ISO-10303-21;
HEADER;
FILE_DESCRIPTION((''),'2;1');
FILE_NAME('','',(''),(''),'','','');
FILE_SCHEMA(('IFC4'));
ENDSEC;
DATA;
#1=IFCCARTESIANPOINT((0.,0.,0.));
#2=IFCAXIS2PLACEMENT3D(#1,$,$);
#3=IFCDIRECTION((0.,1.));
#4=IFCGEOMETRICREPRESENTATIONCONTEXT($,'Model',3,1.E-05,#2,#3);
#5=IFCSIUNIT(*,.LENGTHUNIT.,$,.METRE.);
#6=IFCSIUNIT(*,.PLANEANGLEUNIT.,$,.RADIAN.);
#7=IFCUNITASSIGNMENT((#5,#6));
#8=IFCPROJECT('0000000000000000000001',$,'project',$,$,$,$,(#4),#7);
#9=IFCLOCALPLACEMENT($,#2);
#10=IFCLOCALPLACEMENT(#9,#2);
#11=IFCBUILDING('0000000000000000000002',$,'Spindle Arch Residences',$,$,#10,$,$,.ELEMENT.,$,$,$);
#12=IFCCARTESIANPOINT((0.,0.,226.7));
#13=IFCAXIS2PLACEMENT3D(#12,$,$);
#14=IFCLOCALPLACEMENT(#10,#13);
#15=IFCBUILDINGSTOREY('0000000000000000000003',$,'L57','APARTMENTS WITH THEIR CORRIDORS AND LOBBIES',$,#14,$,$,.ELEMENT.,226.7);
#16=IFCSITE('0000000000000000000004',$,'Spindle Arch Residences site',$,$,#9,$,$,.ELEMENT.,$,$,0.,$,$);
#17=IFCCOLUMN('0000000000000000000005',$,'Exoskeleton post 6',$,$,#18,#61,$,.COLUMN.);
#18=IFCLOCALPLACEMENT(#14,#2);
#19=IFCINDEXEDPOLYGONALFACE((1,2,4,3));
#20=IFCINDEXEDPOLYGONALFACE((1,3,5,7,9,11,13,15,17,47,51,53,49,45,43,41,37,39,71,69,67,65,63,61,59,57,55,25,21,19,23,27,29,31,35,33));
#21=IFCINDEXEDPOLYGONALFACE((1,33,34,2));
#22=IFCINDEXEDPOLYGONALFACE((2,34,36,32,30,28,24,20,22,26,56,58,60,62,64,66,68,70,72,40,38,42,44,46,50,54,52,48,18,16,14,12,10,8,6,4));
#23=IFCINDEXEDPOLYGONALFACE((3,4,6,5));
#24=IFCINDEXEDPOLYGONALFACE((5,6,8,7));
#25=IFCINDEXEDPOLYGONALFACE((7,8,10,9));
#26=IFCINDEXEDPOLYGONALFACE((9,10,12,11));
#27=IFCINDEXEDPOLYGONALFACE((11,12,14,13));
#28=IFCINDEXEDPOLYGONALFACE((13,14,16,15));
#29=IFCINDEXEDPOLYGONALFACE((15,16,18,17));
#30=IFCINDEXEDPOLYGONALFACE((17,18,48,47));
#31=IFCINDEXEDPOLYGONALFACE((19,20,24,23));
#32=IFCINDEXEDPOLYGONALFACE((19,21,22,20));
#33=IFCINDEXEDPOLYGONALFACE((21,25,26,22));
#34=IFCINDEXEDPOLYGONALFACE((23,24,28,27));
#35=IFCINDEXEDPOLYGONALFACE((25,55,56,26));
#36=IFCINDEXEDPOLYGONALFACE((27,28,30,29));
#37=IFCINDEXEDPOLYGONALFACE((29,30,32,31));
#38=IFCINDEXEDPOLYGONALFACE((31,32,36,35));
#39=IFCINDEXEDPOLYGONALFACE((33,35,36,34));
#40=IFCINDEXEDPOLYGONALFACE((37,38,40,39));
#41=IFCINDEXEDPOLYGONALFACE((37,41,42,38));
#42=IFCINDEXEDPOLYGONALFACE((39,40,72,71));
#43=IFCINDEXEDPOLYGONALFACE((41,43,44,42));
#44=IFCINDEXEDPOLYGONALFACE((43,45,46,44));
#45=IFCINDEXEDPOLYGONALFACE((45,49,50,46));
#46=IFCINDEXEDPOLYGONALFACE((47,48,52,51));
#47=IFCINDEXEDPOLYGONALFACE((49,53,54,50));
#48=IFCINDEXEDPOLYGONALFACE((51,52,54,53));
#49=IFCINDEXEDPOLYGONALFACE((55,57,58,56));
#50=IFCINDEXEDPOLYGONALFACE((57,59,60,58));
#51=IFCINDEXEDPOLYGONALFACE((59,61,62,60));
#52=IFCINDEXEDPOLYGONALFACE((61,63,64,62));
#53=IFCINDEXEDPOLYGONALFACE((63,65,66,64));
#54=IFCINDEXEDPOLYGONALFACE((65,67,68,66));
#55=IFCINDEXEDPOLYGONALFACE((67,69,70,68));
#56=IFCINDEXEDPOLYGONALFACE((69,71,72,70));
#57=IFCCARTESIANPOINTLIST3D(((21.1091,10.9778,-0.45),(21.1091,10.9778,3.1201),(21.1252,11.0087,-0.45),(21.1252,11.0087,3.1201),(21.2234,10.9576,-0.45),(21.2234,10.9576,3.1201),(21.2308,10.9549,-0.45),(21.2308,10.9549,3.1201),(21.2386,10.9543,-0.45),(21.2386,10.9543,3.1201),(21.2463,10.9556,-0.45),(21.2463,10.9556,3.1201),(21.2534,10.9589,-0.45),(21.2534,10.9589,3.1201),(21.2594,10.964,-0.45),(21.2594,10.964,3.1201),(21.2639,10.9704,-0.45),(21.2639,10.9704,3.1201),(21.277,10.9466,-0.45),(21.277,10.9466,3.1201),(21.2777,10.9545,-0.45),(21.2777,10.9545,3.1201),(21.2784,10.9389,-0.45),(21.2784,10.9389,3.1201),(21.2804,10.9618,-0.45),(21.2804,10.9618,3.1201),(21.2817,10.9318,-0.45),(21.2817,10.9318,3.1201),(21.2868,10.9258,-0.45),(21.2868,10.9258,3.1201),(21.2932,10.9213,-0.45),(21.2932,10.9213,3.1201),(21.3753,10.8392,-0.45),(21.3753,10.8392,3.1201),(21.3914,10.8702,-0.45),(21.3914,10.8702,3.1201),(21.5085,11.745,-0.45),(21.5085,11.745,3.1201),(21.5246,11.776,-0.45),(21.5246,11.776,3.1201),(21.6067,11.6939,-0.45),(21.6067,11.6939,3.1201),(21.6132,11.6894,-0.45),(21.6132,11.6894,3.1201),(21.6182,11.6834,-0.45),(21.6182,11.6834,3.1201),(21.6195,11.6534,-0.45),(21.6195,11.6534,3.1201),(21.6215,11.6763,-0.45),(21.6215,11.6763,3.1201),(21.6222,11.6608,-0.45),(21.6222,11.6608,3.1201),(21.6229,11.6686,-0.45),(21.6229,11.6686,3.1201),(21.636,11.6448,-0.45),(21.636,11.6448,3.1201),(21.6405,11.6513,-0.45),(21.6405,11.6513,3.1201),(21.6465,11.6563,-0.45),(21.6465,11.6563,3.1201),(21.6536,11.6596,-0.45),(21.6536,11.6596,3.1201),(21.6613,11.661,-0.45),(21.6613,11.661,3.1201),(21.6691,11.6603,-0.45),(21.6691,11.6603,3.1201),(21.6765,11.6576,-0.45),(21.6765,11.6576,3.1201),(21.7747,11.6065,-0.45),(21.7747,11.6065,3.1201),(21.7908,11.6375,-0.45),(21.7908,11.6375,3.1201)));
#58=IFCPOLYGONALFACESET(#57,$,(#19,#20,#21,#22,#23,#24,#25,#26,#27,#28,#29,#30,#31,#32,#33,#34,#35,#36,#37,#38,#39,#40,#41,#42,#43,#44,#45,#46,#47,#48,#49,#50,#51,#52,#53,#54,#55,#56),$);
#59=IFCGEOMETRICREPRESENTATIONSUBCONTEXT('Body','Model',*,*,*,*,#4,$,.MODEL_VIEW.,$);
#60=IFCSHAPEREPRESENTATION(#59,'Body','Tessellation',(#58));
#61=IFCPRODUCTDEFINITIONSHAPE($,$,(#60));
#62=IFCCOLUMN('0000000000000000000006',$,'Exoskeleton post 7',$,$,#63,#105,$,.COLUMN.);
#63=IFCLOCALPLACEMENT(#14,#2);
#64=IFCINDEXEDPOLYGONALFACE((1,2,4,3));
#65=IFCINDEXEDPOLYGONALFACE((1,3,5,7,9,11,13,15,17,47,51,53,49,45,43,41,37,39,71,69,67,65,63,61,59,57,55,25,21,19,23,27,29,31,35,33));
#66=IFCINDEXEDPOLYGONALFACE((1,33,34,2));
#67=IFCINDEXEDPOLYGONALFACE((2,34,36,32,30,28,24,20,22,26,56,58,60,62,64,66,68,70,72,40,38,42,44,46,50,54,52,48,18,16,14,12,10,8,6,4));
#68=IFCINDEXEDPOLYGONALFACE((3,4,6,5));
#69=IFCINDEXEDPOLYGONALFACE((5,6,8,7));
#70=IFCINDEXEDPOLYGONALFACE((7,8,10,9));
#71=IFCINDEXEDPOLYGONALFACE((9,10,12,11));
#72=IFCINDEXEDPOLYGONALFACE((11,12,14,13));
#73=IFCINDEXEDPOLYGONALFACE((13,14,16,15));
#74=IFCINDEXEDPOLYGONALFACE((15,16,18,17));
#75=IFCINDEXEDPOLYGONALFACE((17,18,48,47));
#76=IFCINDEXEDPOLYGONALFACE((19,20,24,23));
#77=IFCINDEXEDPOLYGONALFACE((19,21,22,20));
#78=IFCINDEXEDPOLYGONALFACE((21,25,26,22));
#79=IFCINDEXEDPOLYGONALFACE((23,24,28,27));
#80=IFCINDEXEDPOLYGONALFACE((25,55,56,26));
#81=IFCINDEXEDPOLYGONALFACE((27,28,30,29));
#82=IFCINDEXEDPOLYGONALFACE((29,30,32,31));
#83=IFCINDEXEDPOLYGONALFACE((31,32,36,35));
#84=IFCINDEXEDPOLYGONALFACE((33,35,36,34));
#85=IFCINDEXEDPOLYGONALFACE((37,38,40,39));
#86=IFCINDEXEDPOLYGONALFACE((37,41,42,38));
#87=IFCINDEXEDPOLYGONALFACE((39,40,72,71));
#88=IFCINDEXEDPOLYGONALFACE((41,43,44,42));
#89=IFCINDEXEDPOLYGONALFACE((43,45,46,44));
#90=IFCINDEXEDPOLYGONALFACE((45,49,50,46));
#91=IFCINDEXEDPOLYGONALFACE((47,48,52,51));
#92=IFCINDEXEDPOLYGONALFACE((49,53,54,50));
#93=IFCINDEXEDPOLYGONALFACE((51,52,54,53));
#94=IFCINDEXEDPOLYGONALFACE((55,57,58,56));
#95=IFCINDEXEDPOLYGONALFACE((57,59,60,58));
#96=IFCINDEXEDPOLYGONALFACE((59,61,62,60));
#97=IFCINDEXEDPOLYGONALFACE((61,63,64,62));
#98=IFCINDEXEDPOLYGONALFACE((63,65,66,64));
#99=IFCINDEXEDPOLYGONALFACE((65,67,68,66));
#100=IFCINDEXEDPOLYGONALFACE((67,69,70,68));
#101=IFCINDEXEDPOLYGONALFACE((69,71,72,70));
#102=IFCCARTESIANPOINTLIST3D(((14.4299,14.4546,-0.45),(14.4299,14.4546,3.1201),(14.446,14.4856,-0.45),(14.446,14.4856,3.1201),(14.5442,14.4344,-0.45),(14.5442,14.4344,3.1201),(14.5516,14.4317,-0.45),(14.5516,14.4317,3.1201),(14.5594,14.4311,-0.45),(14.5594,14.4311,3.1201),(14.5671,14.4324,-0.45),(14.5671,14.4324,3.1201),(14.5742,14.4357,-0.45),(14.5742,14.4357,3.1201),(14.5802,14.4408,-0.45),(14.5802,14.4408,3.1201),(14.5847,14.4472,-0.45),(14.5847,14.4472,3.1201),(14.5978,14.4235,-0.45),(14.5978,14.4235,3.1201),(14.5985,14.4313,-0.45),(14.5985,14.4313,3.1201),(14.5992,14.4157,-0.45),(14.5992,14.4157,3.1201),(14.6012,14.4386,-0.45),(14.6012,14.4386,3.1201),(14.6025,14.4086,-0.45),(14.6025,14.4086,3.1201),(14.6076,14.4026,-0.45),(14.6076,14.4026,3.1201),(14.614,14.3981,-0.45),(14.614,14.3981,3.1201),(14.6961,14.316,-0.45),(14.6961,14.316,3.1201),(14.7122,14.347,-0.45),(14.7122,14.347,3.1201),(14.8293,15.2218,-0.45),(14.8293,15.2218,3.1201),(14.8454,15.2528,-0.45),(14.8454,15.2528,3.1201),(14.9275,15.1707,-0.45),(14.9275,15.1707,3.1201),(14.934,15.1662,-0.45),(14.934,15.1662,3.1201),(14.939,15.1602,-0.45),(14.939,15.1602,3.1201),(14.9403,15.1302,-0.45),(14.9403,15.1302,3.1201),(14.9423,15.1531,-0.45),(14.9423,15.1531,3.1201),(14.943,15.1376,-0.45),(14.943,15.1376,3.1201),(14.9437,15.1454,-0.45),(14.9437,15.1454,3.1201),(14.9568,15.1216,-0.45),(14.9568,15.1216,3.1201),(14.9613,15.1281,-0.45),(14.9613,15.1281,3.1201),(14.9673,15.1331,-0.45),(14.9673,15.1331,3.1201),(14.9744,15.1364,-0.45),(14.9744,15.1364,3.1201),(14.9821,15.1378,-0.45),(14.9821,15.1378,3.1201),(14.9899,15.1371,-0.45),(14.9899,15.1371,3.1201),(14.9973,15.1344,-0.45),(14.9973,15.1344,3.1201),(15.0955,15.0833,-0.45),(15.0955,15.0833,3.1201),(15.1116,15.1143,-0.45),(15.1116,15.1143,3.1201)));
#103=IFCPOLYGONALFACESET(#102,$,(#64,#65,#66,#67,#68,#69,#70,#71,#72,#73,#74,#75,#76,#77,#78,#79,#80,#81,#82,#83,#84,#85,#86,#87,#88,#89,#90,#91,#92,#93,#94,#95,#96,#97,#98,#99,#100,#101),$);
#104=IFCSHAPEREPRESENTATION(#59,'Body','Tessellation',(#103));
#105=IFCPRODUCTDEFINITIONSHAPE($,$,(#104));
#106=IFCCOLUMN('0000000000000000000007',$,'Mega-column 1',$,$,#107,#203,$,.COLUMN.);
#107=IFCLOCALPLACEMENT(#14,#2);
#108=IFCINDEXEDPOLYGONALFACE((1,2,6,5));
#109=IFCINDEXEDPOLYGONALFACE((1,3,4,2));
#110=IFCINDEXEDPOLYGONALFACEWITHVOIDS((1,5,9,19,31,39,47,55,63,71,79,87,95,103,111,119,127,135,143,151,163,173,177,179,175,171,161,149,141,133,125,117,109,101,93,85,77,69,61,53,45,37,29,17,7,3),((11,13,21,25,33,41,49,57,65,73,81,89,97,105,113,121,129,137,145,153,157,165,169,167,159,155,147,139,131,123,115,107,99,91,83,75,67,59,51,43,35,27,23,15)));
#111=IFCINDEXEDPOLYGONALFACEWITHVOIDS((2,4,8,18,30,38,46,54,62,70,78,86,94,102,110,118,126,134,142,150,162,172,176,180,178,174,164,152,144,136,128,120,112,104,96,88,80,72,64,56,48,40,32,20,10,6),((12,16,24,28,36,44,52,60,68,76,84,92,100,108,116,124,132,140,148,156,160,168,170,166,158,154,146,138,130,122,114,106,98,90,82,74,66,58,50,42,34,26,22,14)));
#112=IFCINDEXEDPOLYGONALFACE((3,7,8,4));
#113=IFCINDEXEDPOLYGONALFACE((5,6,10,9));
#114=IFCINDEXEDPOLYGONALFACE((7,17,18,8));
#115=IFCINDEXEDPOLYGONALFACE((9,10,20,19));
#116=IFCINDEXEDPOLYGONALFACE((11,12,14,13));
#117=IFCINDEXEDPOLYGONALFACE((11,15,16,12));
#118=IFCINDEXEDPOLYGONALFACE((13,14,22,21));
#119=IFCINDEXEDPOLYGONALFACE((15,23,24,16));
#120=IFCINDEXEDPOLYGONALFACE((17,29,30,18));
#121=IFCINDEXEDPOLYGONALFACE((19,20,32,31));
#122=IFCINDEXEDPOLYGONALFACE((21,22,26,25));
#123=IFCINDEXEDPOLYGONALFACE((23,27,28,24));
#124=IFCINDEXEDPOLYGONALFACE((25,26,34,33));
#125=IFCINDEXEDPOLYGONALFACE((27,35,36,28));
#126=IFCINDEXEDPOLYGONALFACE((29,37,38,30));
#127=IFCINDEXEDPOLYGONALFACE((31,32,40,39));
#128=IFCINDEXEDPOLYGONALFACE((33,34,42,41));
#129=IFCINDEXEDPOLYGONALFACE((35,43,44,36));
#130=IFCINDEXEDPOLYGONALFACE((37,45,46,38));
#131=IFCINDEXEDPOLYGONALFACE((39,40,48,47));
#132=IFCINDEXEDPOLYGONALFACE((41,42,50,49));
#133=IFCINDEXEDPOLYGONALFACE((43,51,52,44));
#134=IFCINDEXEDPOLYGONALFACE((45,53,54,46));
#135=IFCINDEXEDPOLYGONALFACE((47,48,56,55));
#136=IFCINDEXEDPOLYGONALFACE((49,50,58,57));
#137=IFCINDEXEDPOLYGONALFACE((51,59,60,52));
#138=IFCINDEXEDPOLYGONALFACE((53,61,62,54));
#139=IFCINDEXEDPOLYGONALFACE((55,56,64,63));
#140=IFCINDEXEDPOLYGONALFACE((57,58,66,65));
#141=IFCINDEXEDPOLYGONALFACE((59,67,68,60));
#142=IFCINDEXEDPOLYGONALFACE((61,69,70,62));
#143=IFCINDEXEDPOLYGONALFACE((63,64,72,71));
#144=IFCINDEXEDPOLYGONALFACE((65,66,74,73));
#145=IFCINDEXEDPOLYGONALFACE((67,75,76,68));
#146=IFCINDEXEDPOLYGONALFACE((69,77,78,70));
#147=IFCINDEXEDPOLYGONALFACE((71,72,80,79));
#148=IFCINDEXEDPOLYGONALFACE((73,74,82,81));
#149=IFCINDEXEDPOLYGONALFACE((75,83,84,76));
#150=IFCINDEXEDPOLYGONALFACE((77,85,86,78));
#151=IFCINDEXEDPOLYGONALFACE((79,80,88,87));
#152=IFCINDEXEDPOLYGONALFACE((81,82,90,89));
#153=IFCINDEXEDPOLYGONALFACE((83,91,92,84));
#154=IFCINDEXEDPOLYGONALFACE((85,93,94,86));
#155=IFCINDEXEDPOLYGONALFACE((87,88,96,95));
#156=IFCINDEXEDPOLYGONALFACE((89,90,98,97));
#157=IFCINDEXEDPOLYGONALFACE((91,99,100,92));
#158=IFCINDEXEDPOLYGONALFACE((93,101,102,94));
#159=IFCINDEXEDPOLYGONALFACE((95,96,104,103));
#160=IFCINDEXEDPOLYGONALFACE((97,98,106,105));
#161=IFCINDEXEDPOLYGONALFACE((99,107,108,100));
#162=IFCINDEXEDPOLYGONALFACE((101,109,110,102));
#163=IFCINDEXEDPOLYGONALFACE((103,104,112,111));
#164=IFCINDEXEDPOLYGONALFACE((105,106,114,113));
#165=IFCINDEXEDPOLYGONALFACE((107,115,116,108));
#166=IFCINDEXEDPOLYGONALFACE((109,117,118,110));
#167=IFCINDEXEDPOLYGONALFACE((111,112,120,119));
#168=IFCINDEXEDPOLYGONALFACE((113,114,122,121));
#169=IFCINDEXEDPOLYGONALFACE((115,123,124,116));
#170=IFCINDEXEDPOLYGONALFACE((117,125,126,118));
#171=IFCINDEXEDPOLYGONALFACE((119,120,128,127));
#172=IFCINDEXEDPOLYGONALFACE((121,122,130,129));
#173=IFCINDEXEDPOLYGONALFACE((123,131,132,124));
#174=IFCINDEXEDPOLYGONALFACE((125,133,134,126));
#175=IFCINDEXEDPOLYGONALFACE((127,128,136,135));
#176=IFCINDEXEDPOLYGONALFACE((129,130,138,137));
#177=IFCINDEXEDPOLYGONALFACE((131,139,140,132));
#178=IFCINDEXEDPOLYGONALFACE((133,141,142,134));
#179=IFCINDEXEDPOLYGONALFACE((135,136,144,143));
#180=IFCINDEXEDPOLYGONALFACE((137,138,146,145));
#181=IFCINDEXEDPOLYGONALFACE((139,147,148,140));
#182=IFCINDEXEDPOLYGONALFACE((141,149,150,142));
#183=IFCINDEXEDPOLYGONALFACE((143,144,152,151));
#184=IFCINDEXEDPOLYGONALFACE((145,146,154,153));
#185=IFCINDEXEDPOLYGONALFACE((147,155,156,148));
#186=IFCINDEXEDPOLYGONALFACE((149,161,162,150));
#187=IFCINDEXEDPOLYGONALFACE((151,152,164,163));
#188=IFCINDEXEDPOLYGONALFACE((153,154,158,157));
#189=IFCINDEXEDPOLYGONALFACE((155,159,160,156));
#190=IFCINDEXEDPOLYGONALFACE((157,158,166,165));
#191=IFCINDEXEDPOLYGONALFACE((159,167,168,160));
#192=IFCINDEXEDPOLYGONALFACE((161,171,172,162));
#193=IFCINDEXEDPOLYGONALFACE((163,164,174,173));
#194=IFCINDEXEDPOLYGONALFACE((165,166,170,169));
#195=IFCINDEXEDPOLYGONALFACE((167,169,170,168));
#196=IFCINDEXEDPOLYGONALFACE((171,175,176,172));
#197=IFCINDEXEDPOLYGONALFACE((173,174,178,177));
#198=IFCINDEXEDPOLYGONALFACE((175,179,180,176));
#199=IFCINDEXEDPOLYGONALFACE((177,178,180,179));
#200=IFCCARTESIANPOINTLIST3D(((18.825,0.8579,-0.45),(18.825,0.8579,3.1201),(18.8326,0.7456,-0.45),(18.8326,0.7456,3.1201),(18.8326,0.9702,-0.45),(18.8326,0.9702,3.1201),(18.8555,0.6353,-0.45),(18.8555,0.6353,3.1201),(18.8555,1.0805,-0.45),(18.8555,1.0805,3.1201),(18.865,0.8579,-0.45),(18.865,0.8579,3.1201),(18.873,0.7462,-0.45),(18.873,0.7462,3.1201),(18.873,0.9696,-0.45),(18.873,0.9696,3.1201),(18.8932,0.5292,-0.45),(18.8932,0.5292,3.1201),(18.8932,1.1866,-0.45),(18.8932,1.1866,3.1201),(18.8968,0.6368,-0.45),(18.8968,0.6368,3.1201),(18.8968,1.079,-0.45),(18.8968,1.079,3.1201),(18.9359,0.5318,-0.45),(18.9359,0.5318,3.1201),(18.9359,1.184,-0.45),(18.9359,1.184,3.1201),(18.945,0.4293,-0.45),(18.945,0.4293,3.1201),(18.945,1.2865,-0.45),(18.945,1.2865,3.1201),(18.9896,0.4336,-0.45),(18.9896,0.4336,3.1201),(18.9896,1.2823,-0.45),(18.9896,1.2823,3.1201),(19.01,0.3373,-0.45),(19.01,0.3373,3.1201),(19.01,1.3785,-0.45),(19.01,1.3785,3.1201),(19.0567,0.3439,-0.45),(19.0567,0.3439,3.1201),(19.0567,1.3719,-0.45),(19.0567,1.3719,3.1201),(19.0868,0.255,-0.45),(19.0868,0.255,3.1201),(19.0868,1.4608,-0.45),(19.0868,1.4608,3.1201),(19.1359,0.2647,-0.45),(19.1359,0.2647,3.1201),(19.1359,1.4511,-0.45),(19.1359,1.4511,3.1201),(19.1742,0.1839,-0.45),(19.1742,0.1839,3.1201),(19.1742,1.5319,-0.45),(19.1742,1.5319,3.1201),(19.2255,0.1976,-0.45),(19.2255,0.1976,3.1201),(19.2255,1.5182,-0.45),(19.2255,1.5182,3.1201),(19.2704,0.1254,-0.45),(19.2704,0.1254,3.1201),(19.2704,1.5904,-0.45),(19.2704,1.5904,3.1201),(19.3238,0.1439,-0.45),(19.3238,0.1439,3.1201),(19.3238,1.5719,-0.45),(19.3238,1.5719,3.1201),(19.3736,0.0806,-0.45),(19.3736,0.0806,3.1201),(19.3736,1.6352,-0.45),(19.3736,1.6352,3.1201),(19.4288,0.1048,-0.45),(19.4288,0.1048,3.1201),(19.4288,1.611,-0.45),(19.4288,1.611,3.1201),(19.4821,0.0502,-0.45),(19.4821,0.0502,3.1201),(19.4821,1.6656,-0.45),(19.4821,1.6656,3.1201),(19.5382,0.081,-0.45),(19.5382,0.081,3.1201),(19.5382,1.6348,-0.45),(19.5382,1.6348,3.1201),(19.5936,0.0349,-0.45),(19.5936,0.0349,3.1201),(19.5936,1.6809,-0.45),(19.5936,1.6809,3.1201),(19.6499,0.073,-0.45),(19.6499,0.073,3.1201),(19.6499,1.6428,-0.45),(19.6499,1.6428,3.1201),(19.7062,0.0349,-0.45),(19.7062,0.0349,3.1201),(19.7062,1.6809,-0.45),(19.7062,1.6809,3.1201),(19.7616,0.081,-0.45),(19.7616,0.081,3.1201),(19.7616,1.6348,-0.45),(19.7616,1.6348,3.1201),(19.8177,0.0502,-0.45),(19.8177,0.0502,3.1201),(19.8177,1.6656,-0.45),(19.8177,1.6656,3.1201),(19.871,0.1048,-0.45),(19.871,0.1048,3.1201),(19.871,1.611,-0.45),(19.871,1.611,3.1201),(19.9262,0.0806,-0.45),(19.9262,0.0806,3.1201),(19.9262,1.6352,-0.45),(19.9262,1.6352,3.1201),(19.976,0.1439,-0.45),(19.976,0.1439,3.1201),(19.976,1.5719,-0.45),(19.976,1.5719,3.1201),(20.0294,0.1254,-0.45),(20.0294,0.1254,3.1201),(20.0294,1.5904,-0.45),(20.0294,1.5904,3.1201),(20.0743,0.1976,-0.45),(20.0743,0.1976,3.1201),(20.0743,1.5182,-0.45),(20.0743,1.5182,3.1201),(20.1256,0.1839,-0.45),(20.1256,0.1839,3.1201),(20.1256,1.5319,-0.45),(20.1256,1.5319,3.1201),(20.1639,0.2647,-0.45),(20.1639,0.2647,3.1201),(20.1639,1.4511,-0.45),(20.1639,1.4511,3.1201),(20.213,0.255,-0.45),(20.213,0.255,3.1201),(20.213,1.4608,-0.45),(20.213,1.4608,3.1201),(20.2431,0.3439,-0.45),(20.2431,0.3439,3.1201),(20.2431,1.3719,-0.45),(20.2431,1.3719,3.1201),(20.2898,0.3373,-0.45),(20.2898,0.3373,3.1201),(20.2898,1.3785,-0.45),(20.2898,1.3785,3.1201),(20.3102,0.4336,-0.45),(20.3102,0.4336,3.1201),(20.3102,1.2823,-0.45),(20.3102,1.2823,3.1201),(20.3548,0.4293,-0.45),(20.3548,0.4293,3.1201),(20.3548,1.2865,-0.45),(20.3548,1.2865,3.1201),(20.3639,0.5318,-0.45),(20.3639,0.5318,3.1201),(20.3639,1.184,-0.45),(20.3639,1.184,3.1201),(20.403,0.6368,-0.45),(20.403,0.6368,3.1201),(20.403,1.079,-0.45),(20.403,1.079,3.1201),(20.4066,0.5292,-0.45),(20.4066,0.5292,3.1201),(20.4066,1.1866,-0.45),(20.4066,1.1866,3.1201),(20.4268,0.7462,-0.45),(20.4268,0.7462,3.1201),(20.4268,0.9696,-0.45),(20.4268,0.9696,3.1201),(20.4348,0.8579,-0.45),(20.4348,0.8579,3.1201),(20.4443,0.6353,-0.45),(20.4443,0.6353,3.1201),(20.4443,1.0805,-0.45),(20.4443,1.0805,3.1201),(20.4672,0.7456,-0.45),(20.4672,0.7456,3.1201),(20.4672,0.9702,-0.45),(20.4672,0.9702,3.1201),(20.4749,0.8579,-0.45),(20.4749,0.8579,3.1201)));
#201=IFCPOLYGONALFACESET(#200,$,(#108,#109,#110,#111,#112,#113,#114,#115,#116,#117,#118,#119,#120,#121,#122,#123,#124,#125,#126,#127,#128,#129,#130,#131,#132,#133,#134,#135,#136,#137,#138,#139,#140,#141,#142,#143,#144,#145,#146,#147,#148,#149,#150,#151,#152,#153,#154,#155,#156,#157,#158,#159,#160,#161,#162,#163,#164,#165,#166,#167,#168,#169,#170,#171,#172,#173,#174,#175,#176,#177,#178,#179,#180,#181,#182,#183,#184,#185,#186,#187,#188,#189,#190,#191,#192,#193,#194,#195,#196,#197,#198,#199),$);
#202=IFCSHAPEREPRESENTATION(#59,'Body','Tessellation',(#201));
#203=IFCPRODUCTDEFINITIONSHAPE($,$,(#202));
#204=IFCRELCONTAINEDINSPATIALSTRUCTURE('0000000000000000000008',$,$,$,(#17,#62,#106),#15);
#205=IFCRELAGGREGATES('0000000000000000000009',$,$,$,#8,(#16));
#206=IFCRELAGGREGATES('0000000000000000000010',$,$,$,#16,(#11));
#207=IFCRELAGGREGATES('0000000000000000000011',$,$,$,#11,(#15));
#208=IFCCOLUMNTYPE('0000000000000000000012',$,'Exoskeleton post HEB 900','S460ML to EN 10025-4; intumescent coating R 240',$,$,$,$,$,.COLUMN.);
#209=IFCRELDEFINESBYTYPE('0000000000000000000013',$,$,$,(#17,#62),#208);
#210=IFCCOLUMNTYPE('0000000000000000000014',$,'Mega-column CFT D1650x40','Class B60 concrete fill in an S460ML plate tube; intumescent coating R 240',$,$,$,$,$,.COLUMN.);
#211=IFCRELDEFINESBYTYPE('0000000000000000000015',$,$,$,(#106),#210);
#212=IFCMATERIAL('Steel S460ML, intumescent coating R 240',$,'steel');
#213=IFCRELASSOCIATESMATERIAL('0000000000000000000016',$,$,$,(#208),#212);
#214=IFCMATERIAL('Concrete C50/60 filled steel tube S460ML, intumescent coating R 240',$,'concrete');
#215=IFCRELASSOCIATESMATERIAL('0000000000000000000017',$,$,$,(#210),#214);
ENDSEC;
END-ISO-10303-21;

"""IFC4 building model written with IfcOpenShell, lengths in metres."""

from ifc_helpers import new_model, si_unit, direction, frame, origin, origin_2d, place, context, subcontext, project, spatial, hollow_circle, i_section, extrude, material, material_profile, profile_set, type_object, element, save


model = new_model("IFC4")

# Units and contexts
model_context = context("Model", 3, precision=1e-05, world=origin(), true_north=direction((0.0, 1.0)))
body_context = subcontext(model_context, "Body", "Model", "MODEL_VIEW")
ifc_project = project(units=[si_unit("LENGTHUNIT", "METRE"), si_unit("PLANEANGLEUNIT", "RADIAN")], contexts=[model_context])

# Site, building, storey
site_placement = place(None, origin())
site = spatial("IfcSite", under=ifc_project, at=site_placement, Name="Spindle Arch Residences site", CompositionType="ELEMENT", RefElevation=0.0)
building_placement = place(site_placement, origin())
building = spatial("IfcBuilding", under=site, at=building_placement, Name="Spindle Arch Residences", CompositionType="ELEMENT")
storey_placement = place(building_placement, frame((0.0, 0.0, 226.7)))
storey = spatial("IfcBuildingStorey", under=building, at=storey_placement, Name="L57", Description="APARTMENTS WITH THEIR CORRIDORS AND LOBBIES", CompositionType="ELEMENT", Elevation=226.7)

# Columns
ifc_material_1 = material(Name="Steel S460ML, intumescent coating R 240", Category="steel")
ifc_material_profile_1 = material_profile(ifc_material_1, i_section(OverallWidth=0.3, OverallDepth=0.8999, WebThickness=0.0186, FlangeThickness=0.0349, FilletRadius=0.03, at=origin_2d()), Name="HEB 900")
ifc_profile_set_1 = profile_set([ifc_material_profile_1], Name="Steel S460ML, intumescent coating R 240")
column_type_1 = type_object("IfcColumnType", Name="Exoskeleton post HEB 900", Description="S460ML to EN 10025-4; intumescent coating R 240", PredefinedType="COLUMN", material=ifc_profile_set_1)
for number, where, z_axis, x_axis, name in (
    (1, (21.45, 11.3076, -0.45), (0.0, 0.0, 1.0), (0.887011, -0.461749, 0.0), "Exoskeleton post 6"),
    (2, (14.7708, 14.7844, -0.45), (0.0, 0.0, 1.0), (0.887011, -0.461749, 0.0), "Exoskeleton post 7"),
):
    element("IfcColumn", number, at=place(storey_placement, frame(where, z_axis=z_axis, x_axis=x_axis)), inside=storey, type_object=column_type_1, Name=name, PredefinedType="COLUMN", context=body_context, shape_type="SweptSolid", body=[
        extrude(i_section(OverallWidth=0.3, OverallDepth=0.8999, WebThickness=0.0186, FlangeThickness=0.0349, FilletRadius=0.03, at=origin_2d()), origin(), (0.0, 0.0, 1.0), 3.5701),
    ])
ifc_material_2 = material(Name="Concrete C50/60 filled steel tube S460ML, intumescent coating R 240", Category="concrete")
ifc_material_profile_2 = material_profile(ifc_material_2, hollow_circle(Radius=0.825, WallThickness=0.04, at=origin_2d()), Name="CFT D1650x40")
ifc_profile_set_2 = profile_set([ifc_material_profile_2], Name="Concrete C50/60 filled steel tube S460ML, intumescent coating R 240")
column_type_2 = type_object("IfcColumnType", Name="Mega-column CFT D1650x40", Description="Class B60 concrete fill in an S460ML plate tube; intumescent coating R 240", PredefinedType="COLUMN", material=ifc_profile_set_2)
column_placement = place(storey_placement, frame((19.6499, 0.8579, -0.45), z_axis=(0.0, 0.0, 1.0), x_axis=(1.0, 0.0, 0.0)))
element("IfcColumn", 3, at=column_placement, inside=storey, type_object=column_type_2, Name="Mega-column 1", PredefinedType="COLUMN", context=body_context, shape_type="SweptSolid", body=[
    extrude(hollow_circle(Radius=0.825, WallThickness=0.04, at=origin_2d()), origin(), (0.0, 0.0, 1.0), 3.5701),
])

save(model, "model.ifc")
